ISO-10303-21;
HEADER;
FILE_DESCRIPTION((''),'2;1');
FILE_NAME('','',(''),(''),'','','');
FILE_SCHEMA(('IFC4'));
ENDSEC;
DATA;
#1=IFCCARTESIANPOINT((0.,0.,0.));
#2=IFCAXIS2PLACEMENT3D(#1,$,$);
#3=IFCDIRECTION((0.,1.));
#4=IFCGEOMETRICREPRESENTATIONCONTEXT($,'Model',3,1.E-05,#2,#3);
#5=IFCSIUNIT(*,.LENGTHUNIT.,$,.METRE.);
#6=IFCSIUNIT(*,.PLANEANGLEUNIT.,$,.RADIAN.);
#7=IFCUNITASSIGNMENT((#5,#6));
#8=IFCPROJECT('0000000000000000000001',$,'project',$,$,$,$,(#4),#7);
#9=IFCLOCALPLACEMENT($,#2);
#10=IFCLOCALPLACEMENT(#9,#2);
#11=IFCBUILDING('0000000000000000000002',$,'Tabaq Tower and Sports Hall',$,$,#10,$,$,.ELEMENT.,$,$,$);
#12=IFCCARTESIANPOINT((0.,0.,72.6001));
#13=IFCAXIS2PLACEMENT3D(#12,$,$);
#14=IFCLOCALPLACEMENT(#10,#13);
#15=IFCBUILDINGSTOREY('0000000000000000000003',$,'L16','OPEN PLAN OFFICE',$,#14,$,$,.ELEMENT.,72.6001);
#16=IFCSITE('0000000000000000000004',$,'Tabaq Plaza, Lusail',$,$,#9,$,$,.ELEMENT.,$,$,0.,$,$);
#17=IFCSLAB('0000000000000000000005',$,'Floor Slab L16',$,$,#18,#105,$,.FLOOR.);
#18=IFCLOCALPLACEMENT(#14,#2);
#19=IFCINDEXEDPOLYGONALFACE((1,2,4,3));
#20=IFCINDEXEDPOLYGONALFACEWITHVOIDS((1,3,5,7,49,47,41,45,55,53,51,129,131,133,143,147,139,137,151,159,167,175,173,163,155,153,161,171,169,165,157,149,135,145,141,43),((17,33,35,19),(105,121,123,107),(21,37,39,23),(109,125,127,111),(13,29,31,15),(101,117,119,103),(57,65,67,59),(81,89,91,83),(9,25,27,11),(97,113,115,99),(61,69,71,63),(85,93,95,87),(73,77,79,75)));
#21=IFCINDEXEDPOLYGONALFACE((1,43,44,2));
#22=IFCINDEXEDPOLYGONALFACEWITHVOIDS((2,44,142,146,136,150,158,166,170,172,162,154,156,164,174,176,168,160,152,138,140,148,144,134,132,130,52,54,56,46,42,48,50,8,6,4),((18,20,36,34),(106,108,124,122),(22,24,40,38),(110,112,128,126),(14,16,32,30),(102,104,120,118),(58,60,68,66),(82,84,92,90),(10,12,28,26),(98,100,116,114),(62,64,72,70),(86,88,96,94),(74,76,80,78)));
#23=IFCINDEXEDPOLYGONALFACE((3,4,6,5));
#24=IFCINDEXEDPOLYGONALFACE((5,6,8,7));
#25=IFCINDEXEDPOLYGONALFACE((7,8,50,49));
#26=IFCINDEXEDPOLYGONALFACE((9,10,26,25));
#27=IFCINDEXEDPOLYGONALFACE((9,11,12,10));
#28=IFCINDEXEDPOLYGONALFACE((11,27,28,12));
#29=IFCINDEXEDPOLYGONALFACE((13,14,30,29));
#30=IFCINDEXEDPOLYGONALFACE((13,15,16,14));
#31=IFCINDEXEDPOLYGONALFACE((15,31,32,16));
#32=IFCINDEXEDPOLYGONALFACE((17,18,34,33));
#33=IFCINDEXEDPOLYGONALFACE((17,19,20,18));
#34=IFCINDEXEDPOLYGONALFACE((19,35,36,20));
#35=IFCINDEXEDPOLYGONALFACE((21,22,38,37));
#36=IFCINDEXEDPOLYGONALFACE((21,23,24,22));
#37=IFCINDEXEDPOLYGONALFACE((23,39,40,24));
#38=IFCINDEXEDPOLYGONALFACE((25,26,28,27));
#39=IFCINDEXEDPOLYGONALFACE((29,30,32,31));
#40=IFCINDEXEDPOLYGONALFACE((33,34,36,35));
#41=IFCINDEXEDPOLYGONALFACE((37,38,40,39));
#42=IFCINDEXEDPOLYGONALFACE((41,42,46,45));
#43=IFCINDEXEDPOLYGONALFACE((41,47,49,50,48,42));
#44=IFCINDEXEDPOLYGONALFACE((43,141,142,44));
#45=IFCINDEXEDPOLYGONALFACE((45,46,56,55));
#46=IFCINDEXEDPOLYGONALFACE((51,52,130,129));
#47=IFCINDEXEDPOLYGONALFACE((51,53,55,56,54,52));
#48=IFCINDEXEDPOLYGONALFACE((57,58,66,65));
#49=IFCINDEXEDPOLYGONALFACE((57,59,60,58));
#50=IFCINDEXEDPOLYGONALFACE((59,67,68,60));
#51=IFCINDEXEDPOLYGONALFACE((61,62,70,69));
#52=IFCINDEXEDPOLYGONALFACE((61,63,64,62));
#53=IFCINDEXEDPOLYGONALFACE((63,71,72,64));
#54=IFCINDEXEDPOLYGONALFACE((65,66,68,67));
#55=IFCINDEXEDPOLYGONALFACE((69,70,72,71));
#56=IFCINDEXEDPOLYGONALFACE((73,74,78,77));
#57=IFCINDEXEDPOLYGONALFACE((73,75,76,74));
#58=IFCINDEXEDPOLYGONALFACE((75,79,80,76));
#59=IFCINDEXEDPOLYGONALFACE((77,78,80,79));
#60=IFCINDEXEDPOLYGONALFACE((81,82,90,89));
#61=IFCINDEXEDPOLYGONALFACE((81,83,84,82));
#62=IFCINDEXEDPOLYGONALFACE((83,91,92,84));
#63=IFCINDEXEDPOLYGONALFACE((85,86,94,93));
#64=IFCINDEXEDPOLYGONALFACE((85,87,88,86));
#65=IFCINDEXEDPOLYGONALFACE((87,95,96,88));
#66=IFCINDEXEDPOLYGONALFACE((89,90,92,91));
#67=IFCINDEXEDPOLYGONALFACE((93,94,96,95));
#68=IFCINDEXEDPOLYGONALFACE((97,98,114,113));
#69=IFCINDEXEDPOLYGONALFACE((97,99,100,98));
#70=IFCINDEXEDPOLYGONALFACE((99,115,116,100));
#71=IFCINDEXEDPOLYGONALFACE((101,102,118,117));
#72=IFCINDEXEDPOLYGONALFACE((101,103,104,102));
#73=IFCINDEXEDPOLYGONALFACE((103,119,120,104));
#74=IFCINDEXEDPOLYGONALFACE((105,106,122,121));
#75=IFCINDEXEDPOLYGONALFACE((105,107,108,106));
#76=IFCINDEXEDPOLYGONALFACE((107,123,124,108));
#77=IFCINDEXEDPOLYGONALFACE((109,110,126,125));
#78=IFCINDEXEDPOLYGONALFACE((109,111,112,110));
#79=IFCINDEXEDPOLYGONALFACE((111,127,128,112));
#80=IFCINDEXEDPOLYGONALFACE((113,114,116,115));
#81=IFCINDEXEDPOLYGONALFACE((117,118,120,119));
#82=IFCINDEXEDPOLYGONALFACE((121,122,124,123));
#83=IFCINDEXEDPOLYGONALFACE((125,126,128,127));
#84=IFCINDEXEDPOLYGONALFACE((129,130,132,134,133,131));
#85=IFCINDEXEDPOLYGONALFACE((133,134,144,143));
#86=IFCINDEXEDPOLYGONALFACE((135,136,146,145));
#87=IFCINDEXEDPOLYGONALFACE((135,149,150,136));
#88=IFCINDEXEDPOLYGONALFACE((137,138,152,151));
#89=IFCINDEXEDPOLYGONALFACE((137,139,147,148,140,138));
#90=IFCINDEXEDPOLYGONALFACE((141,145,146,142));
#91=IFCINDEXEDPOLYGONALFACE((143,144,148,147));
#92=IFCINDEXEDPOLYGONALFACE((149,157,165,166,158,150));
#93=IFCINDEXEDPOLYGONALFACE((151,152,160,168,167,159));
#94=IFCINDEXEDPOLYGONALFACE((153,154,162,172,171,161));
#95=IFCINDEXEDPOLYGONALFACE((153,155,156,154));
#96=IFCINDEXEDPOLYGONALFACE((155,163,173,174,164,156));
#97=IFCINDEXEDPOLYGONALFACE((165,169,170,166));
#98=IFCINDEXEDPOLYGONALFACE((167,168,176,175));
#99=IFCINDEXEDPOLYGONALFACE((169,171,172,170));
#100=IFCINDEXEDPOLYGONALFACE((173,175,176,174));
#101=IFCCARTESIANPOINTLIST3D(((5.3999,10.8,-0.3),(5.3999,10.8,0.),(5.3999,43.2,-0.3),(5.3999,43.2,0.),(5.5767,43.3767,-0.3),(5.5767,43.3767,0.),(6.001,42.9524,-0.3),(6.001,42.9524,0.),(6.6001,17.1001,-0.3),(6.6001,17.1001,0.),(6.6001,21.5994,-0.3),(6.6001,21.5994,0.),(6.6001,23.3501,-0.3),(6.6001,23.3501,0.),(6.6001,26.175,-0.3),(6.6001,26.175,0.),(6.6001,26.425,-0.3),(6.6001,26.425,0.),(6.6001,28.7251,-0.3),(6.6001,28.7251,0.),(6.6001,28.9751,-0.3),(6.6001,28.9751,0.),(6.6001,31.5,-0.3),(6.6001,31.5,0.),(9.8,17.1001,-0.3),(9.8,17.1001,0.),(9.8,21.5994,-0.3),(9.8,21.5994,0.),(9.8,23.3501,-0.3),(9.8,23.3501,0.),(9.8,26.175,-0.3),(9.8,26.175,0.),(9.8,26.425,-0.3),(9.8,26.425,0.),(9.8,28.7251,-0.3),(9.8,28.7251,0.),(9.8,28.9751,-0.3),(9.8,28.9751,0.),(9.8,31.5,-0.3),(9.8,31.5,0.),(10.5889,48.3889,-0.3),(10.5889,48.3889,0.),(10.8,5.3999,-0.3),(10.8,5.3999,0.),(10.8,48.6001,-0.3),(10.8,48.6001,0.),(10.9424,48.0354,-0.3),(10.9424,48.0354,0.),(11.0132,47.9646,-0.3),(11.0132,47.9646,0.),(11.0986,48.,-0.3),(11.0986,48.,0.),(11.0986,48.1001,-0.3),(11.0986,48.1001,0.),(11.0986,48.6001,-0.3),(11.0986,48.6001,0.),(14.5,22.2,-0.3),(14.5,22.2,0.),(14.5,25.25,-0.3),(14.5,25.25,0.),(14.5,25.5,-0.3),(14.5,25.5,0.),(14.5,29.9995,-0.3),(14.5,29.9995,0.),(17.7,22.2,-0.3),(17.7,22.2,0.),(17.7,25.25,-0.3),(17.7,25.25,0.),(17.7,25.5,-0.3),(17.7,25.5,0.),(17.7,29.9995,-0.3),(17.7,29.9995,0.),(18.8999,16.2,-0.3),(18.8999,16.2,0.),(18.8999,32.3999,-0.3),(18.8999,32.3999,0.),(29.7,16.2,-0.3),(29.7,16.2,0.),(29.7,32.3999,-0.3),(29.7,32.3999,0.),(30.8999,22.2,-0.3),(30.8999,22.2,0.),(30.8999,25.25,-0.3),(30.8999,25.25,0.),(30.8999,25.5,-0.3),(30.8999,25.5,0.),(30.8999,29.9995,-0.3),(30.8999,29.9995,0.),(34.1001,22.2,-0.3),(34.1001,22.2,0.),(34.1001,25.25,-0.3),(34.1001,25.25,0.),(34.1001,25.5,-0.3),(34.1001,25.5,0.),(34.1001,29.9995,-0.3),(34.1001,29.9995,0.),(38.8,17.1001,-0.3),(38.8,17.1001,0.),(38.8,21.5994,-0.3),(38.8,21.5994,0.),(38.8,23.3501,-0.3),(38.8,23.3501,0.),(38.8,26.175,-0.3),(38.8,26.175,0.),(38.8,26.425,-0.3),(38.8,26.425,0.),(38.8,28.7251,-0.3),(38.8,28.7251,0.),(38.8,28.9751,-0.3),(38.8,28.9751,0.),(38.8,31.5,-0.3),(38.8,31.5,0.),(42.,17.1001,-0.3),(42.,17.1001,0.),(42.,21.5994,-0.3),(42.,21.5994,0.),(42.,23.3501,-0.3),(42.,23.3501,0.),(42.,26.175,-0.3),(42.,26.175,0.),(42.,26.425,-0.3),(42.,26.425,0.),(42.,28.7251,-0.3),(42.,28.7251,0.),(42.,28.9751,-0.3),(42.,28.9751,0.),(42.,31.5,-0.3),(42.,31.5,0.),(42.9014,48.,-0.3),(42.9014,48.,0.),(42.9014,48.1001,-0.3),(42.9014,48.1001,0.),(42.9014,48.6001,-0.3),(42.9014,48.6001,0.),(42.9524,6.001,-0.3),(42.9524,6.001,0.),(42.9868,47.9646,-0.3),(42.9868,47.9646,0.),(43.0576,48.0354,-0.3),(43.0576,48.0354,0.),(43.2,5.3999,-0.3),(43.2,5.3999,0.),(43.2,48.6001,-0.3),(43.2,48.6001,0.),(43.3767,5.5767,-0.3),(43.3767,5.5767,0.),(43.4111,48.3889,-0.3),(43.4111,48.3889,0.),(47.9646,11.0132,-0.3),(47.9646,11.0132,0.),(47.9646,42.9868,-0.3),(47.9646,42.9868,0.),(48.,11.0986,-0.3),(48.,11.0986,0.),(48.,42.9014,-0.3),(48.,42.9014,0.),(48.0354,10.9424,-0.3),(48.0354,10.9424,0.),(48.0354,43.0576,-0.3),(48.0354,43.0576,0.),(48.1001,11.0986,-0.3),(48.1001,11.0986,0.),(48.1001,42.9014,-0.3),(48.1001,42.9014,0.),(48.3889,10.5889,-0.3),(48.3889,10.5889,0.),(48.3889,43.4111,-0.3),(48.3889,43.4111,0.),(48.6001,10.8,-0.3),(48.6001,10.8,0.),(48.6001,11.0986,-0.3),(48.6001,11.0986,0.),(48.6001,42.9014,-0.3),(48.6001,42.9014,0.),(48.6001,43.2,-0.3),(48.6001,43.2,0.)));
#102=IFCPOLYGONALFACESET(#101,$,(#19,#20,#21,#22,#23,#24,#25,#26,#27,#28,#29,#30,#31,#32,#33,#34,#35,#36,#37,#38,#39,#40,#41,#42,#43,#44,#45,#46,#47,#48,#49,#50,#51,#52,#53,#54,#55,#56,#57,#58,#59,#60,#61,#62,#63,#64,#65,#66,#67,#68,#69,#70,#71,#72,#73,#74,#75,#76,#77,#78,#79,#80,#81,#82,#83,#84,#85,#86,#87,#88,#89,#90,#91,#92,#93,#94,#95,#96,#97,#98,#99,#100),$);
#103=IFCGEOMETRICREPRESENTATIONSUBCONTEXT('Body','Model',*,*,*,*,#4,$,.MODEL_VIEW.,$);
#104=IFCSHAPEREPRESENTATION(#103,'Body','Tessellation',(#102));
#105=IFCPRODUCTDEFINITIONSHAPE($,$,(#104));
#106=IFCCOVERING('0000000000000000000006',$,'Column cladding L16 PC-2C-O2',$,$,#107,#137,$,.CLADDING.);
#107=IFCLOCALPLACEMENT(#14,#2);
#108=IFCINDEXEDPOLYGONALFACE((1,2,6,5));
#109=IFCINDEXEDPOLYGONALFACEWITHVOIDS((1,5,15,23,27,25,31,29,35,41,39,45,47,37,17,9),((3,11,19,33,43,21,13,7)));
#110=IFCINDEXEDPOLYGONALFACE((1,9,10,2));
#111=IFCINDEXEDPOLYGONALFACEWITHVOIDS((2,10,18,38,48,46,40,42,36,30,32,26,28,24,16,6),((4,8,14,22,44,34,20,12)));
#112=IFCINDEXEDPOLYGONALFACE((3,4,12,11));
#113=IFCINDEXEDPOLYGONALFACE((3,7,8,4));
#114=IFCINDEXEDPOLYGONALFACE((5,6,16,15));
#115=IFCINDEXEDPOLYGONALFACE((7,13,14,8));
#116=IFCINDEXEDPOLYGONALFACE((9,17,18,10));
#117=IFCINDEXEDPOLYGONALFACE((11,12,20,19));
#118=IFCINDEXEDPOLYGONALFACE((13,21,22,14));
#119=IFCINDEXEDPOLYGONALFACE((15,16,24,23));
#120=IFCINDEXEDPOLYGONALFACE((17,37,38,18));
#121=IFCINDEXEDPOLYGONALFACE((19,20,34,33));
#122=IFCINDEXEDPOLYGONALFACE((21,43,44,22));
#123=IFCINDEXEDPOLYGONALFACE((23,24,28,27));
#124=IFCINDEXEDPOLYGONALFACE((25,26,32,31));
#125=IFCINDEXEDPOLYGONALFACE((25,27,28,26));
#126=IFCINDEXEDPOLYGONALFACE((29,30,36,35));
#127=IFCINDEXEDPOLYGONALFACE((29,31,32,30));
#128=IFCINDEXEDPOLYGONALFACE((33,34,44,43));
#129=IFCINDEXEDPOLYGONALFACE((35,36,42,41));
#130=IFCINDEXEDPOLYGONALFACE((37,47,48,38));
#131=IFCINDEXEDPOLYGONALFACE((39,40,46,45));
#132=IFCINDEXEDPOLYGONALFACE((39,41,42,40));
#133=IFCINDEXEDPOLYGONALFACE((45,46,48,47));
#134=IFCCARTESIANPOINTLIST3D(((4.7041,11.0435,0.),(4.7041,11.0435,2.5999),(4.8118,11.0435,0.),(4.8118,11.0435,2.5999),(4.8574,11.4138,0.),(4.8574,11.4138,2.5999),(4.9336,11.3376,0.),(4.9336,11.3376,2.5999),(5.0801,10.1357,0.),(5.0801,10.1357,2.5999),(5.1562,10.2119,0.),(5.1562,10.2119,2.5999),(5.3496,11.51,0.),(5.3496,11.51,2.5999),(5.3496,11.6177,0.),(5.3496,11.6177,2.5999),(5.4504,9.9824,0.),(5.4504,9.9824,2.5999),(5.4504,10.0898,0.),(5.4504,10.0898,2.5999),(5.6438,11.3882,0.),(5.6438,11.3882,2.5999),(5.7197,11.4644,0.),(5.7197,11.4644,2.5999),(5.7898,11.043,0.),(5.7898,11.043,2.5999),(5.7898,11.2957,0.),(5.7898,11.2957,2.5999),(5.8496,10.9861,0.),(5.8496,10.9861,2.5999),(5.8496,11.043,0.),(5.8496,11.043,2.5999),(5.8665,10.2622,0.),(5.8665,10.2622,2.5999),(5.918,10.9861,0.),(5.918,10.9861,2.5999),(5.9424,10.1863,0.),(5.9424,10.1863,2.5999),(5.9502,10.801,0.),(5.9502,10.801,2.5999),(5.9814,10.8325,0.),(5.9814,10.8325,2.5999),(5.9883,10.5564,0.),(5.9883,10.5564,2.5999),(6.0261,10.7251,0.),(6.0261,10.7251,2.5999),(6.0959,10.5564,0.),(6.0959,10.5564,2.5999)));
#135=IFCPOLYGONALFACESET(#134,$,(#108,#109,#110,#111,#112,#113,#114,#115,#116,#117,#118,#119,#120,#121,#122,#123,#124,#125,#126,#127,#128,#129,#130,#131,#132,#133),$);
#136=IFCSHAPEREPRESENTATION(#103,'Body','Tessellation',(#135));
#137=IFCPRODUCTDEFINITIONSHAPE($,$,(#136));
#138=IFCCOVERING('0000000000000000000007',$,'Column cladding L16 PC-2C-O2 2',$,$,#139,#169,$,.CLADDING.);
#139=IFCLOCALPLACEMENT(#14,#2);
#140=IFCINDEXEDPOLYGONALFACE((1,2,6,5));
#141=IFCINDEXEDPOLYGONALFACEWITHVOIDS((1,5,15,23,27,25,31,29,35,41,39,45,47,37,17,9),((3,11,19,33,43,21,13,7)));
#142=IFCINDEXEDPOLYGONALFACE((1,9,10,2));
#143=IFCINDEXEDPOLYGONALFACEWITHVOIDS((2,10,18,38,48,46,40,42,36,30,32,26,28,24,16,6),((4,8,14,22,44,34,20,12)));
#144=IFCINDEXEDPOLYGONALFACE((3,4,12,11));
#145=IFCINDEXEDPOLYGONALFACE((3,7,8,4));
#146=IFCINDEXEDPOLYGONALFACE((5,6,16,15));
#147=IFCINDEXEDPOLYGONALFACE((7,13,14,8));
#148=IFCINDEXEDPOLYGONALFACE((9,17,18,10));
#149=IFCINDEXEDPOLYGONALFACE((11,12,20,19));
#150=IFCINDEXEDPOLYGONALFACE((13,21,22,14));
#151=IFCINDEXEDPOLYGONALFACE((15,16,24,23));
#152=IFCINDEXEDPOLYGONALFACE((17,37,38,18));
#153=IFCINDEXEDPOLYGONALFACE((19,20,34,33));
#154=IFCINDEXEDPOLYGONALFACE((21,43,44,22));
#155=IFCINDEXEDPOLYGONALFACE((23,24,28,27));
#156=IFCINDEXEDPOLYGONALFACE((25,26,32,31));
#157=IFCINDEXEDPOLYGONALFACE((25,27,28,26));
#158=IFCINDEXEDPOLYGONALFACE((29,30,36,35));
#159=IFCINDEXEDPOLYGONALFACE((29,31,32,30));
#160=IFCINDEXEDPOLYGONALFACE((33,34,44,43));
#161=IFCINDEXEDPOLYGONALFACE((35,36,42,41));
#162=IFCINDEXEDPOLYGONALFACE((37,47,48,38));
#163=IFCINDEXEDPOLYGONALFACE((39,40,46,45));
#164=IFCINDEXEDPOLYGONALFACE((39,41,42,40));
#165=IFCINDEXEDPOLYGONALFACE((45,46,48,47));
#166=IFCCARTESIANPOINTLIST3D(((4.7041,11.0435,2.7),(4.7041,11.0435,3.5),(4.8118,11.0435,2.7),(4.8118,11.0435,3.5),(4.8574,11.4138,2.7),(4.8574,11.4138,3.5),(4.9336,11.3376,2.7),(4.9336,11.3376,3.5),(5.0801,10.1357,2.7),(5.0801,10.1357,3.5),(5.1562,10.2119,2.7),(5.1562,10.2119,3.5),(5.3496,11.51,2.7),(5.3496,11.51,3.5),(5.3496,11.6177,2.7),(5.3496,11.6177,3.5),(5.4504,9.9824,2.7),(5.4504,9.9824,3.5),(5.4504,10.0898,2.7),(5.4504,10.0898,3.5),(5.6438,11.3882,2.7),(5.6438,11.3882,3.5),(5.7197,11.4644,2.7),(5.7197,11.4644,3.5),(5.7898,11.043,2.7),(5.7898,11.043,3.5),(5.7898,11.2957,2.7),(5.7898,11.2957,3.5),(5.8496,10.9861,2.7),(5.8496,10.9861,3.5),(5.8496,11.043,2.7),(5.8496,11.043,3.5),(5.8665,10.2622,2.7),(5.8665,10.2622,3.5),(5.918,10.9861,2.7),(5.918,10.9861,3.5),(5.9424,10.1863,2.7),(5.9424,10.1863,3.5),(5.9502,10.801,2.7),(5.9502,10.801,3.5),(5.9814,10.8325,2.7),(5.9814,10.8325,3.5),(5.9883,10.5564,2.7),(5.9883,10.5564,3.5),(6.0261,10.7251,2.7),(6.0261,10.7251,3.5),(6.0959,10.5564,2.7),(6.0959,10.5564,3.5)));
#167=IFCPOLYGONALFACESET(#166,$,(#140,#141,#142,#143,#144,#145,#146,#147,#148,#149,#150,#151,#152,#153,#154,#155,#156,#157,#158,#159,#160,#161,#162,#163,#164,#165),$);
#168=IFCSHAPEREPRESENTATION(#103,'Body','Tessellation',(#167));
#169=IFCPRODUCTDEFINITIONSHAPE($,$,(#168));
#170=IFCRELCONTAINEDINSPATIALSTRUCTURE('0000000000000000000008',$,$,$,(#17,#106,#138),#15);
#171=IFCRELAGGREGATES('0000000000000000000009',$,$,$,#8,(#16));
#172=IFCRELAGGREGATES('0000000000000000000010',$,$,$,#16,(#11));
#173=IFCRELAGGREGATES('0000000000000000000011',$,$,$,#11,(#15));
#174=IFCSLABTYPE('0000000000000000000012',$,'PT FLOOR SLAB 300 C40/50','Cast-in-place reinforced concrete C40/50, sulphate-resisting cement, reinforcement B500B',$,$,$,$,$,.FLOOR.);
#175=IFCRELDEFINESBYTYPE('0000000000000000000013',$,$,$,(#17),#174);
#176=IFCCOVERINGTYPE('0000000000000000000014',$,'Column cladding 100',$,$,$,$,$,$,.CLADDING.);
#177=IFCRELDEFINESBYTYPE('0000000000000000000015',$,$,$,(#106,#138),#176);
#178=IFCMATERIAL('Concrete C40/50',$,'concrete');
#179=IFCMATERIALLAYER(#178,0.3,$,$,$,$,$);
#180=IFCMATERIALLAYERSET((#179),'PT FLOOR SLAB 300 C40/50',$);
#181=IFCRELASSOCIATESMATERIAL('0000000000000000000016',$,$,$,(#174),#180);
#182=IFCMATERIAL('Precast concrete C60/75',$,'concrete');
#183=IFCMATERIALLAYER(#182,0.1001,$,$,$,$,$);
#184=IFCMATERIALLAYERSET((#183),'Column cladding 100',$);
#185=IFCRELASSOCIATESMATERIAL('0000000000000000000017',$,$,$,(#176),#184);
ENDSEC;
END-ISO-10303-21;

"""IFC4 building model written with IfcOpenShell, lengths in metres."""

from ifc_helpers import new_model, si_unit, direction, frame, origin, place, context, subcontext, project, spatial, polyline, outline, extrude, material, layer, layer_set, type_object, element, save


model = new_model("IFC4")

# Units and contexts
model_context = context("Model", 3, precision=1e-05, world=origin(), true_north=direction((0.0, 1.0)))
body_context = subcontext(model_context, "Body", "Model", "MODEL_VIEW")
ifc_project = project(units=[si_unit("LENGTHUNIT", "METRE"), si_unit("PLANEANGLEUNIT", "RADIAN")], contexts=[model_context])

# Site, building, storey
site_placement = place(None, origin())
site = spatial("IfcSite", under=ifc_project, at=site_placement, Name="Tabaq Plaza, Lusail", CompositionType="ELEMENT", RefElevation=0.0)
building_placement = place(site_placement, origin())
building = spatial("IfcBuilding", under=site, at=building_placement, Name="Tabaq Tower and Sports Hall", CompositionType="ELEMENT")
storey_placement = place(building_placement, frame((0.0, 0.0, 72.6001)))
storey = spatial("IfcBuildingStorey", under=building, at=storey_placement, Name="L16", Description="OPEN PLAN OFFICE", CompositionType="ELEMENT", Elevation=72.6001)

# Slab
ifc_material_1 = material(Name="Concrete C40/50", Category="concrete")
ifc_layer_1 = layer(ifc_material_1, 0.3)
ifc_layer_set_1 = layer_set([ifc_layer_1], Name="PT FLOOR SLAB 300 C40/50")
slab_type = type_object("IfcSlabType", Name="PT FLOOR SLAB 300 C40/50", Description="Cast-in-place reinforced concrete C40/50, sulphate-resisting cement, reinforcement B500B", PredefinedType="FLOOR", material=ifc_layer_set_1)
slab_placement = place(storey_placement, frame((0.0, 0.0, -0.3)))
element("IfcSlab", 1, at=slab_placement, inside=storey, type_object=slab_type, Name="Floor Slab L16", PredefinedType="FLOOR", context=body_context, shape_type="SweptSolid", body=[
    extrude(outline(polyline([(5.3999, 43.2), (5.3999, 10.8), (10.8, 5.3999), (43.2, 5.3999), (43.3767, 5.5767), (42.9524, 6.001), (47.9646, 11.0132), (48.0354, 10.9424), (48.3889, 10.5889), (48.6001, 10.8), (48.6001, 11.0986), (48.1001, 11.0986), (48.0, 11.0986), (48.0, 42.9014), (48.1001, 42.9014), (48.6001, 42.9014), (48.6001, 43.2), (48.3889, 43.4111), (48.0354, 43.0576), (47.9646, 42.9868), (42.9868, 47.9646), (43.0576, 48.0354), (43.4111, 48.3889), (43.2, 48.6001), (42.9014, 48.6001), (42.9014, 48.1001), (42.9014, 48.0), (11.0986, 48.0), (11.0986, 48.1001), (11.0986, 48.6001), (10.8, 48.6001), (10.5889, 48.3889), (10.9424, 48.0354), (11.0132, 47.9646), (6.001, 42.9524), (5.5767, 43.3767), (5.3999, 43.2)]), holes=[polyline([(6.6001, 21.5994), (9.8, 21.5994), (9.8, 17.1001), (6.6001, 17.1001), (6.6001, 21.5994)]), polyline([(17.7, 25.25), (17.7, 22.2), (14.5, 22.2), (14.5, 25.25), (17.7, 25.25)]), polyline([(18.8999, 32.3999), (29.7, 32.3999), (29.7, 16.2), (18.8999, 16.2), (18.8999, 32.3999)]), polyline([(6.6001, 26.175), (9.8, 26.175), (9.8, 23.3501), (6.6001, 23.3501), (6.6001, 26.175)]), polyline([(9.8, 28.7251), (9.8, 26.425), (6.6001, 26.425), (6.6001, 28.7251), (9.8, 28.7251)]), polyline([(17.7, 29.9995), (17.7, 25.5), (14.5, 25.5), (14.5, 29.9995), (17.7, 29.9995)]), polyline([(6.6001, 31.5), (9.8, 31.5), (9.8, 28.9751), (6.6001, 28.9751), (6.6001, 31.5)]), polyline([(42.0, 21.5994), (42.0, 17.1001), (38.8, 17.1001), (38.8, 21.5994), (42.0, 21.5994)]), polyline([(34.1001, 25.25), (34.1001, 22.2), (30.8999, 22.2), (30.8999, 25.25), (34.1001, 25.25)]), polyline([(42.0, 26.175), (42.0, 23.3501), (38.8, 23.3501), (38.8, 26.175), (42.0, 26.175)]), polyline([(42.0, 28.7251), (42.0, 26.425), (38.8, 26.425), (38.8, 28.7251), (42.0, 28.7251)]), polyline([(34.1001, 29.9995), (34.1001, 25.5), (30.8999, 25.5), (30.8999, 29.9995), (34.1001, 29.9995)]), polyline([(42.0, 31.5), (42.0, 28.9751), (38.8, 28.9751), (38.8, 31.5), (42.0, 31.5)])]), origin(), (0.0, 0.0, 1.0), 0.3),
])

# Coverings
ifc_material_2 = material(Name="Precast concrete C60/75", Category="concrete")
ifc_layer_2 = layer(ifc_material_2, 0.1001)
ifc_layer_set_2 = layer_set([ifc_layer_2], Name="Column cladding 100")
covering_type = type_object("IfcCoveringType", Name="Column cladding 100", PredefinedType="CLADDING", material=ifc_layer_set_2)
covering_1_placement = place(storey_placement, origin())
element("IfcCovering", 2, at=covering_1_placement, inside=storey, type_object=covering_type, Name="Column cladding L16 PC-2C-O2", PredefinedType="CLADDING", context=body_context, shape_type="SweptSolid", body=[
    extrude(outline(polyline([(5.4504, 9.9824), (5.0801, 10.1357), (4.7041, 11.0435), (4.8574, 11.4138), (5.3496, 11.6177), (5.7197, 11.4644), (5.7898, 11.2957), (5.7898, 11.043), (5.8496, 11.043), (5.8496, 10.9861), (5.918, 10.9861), (5.9814, 10.8325), (5.9502, 10.801), (6.0261, 10.7251), (6.0959, 10.5564), (5.9424, 10.1863), (5.4504, 9.9824)]), holes=[polyline([(5.3496, 11.51), (4.9336, 11.3376), (4.8118, 11.0435), (5.1562, 10.2119), (5.4504, 10.0898), (5.8665, 10.2622), (5.9883, 10.5564), (5.6438, 11.3882), (5.3496, 11.51)])]), origin(), (0.0, 0.0, 1.0), 2.5999),
])
covering_2_placement = place(storey_placement, frame((0.0, 0.0, 2.7)))
element("IfcCovering", 3, at=covering_2_placement, inside=storey, type_object=covering_type, Name="Column cladding L16 PC-2C-O2 2", PredefinedType="CLADDING", context=body_context, shape_type="SweptSolid", body=[
    extrude(outline(polyline([(5.4504, 9.9824), (5.0801, 10.1357), (4.7041, 11.0435), (4.8574, 11.4138), (5.3496, 11.6177), (5.7197, 11.4644), (5.7898, 11.2957), (5.7898, 11.043), (5.8496, 11.043), (5.8496, 10.9861), (5.918, 10.9861), (5.9814, 10.8325), (5.9502, 10.801), (6.0261, 10.7251), (6.0959, 10.5564), (5.9424, 10.1863), (5.4504, 9.9824)]), holes=[polyline([(5.3496, 11.51), (4.9336, 11.3376), (4.8118, 11.0435), (5.1562, 10.2119), (5.4504, 10.0898), (5.8665, 10.2622), (5.9883, 10.5564), (5.6438, 11.3882), (5.3496, 11.51)])]), origin(), (0.0, 0.0, 1.0), 0.8),
])

save(model, "model.ifc")
